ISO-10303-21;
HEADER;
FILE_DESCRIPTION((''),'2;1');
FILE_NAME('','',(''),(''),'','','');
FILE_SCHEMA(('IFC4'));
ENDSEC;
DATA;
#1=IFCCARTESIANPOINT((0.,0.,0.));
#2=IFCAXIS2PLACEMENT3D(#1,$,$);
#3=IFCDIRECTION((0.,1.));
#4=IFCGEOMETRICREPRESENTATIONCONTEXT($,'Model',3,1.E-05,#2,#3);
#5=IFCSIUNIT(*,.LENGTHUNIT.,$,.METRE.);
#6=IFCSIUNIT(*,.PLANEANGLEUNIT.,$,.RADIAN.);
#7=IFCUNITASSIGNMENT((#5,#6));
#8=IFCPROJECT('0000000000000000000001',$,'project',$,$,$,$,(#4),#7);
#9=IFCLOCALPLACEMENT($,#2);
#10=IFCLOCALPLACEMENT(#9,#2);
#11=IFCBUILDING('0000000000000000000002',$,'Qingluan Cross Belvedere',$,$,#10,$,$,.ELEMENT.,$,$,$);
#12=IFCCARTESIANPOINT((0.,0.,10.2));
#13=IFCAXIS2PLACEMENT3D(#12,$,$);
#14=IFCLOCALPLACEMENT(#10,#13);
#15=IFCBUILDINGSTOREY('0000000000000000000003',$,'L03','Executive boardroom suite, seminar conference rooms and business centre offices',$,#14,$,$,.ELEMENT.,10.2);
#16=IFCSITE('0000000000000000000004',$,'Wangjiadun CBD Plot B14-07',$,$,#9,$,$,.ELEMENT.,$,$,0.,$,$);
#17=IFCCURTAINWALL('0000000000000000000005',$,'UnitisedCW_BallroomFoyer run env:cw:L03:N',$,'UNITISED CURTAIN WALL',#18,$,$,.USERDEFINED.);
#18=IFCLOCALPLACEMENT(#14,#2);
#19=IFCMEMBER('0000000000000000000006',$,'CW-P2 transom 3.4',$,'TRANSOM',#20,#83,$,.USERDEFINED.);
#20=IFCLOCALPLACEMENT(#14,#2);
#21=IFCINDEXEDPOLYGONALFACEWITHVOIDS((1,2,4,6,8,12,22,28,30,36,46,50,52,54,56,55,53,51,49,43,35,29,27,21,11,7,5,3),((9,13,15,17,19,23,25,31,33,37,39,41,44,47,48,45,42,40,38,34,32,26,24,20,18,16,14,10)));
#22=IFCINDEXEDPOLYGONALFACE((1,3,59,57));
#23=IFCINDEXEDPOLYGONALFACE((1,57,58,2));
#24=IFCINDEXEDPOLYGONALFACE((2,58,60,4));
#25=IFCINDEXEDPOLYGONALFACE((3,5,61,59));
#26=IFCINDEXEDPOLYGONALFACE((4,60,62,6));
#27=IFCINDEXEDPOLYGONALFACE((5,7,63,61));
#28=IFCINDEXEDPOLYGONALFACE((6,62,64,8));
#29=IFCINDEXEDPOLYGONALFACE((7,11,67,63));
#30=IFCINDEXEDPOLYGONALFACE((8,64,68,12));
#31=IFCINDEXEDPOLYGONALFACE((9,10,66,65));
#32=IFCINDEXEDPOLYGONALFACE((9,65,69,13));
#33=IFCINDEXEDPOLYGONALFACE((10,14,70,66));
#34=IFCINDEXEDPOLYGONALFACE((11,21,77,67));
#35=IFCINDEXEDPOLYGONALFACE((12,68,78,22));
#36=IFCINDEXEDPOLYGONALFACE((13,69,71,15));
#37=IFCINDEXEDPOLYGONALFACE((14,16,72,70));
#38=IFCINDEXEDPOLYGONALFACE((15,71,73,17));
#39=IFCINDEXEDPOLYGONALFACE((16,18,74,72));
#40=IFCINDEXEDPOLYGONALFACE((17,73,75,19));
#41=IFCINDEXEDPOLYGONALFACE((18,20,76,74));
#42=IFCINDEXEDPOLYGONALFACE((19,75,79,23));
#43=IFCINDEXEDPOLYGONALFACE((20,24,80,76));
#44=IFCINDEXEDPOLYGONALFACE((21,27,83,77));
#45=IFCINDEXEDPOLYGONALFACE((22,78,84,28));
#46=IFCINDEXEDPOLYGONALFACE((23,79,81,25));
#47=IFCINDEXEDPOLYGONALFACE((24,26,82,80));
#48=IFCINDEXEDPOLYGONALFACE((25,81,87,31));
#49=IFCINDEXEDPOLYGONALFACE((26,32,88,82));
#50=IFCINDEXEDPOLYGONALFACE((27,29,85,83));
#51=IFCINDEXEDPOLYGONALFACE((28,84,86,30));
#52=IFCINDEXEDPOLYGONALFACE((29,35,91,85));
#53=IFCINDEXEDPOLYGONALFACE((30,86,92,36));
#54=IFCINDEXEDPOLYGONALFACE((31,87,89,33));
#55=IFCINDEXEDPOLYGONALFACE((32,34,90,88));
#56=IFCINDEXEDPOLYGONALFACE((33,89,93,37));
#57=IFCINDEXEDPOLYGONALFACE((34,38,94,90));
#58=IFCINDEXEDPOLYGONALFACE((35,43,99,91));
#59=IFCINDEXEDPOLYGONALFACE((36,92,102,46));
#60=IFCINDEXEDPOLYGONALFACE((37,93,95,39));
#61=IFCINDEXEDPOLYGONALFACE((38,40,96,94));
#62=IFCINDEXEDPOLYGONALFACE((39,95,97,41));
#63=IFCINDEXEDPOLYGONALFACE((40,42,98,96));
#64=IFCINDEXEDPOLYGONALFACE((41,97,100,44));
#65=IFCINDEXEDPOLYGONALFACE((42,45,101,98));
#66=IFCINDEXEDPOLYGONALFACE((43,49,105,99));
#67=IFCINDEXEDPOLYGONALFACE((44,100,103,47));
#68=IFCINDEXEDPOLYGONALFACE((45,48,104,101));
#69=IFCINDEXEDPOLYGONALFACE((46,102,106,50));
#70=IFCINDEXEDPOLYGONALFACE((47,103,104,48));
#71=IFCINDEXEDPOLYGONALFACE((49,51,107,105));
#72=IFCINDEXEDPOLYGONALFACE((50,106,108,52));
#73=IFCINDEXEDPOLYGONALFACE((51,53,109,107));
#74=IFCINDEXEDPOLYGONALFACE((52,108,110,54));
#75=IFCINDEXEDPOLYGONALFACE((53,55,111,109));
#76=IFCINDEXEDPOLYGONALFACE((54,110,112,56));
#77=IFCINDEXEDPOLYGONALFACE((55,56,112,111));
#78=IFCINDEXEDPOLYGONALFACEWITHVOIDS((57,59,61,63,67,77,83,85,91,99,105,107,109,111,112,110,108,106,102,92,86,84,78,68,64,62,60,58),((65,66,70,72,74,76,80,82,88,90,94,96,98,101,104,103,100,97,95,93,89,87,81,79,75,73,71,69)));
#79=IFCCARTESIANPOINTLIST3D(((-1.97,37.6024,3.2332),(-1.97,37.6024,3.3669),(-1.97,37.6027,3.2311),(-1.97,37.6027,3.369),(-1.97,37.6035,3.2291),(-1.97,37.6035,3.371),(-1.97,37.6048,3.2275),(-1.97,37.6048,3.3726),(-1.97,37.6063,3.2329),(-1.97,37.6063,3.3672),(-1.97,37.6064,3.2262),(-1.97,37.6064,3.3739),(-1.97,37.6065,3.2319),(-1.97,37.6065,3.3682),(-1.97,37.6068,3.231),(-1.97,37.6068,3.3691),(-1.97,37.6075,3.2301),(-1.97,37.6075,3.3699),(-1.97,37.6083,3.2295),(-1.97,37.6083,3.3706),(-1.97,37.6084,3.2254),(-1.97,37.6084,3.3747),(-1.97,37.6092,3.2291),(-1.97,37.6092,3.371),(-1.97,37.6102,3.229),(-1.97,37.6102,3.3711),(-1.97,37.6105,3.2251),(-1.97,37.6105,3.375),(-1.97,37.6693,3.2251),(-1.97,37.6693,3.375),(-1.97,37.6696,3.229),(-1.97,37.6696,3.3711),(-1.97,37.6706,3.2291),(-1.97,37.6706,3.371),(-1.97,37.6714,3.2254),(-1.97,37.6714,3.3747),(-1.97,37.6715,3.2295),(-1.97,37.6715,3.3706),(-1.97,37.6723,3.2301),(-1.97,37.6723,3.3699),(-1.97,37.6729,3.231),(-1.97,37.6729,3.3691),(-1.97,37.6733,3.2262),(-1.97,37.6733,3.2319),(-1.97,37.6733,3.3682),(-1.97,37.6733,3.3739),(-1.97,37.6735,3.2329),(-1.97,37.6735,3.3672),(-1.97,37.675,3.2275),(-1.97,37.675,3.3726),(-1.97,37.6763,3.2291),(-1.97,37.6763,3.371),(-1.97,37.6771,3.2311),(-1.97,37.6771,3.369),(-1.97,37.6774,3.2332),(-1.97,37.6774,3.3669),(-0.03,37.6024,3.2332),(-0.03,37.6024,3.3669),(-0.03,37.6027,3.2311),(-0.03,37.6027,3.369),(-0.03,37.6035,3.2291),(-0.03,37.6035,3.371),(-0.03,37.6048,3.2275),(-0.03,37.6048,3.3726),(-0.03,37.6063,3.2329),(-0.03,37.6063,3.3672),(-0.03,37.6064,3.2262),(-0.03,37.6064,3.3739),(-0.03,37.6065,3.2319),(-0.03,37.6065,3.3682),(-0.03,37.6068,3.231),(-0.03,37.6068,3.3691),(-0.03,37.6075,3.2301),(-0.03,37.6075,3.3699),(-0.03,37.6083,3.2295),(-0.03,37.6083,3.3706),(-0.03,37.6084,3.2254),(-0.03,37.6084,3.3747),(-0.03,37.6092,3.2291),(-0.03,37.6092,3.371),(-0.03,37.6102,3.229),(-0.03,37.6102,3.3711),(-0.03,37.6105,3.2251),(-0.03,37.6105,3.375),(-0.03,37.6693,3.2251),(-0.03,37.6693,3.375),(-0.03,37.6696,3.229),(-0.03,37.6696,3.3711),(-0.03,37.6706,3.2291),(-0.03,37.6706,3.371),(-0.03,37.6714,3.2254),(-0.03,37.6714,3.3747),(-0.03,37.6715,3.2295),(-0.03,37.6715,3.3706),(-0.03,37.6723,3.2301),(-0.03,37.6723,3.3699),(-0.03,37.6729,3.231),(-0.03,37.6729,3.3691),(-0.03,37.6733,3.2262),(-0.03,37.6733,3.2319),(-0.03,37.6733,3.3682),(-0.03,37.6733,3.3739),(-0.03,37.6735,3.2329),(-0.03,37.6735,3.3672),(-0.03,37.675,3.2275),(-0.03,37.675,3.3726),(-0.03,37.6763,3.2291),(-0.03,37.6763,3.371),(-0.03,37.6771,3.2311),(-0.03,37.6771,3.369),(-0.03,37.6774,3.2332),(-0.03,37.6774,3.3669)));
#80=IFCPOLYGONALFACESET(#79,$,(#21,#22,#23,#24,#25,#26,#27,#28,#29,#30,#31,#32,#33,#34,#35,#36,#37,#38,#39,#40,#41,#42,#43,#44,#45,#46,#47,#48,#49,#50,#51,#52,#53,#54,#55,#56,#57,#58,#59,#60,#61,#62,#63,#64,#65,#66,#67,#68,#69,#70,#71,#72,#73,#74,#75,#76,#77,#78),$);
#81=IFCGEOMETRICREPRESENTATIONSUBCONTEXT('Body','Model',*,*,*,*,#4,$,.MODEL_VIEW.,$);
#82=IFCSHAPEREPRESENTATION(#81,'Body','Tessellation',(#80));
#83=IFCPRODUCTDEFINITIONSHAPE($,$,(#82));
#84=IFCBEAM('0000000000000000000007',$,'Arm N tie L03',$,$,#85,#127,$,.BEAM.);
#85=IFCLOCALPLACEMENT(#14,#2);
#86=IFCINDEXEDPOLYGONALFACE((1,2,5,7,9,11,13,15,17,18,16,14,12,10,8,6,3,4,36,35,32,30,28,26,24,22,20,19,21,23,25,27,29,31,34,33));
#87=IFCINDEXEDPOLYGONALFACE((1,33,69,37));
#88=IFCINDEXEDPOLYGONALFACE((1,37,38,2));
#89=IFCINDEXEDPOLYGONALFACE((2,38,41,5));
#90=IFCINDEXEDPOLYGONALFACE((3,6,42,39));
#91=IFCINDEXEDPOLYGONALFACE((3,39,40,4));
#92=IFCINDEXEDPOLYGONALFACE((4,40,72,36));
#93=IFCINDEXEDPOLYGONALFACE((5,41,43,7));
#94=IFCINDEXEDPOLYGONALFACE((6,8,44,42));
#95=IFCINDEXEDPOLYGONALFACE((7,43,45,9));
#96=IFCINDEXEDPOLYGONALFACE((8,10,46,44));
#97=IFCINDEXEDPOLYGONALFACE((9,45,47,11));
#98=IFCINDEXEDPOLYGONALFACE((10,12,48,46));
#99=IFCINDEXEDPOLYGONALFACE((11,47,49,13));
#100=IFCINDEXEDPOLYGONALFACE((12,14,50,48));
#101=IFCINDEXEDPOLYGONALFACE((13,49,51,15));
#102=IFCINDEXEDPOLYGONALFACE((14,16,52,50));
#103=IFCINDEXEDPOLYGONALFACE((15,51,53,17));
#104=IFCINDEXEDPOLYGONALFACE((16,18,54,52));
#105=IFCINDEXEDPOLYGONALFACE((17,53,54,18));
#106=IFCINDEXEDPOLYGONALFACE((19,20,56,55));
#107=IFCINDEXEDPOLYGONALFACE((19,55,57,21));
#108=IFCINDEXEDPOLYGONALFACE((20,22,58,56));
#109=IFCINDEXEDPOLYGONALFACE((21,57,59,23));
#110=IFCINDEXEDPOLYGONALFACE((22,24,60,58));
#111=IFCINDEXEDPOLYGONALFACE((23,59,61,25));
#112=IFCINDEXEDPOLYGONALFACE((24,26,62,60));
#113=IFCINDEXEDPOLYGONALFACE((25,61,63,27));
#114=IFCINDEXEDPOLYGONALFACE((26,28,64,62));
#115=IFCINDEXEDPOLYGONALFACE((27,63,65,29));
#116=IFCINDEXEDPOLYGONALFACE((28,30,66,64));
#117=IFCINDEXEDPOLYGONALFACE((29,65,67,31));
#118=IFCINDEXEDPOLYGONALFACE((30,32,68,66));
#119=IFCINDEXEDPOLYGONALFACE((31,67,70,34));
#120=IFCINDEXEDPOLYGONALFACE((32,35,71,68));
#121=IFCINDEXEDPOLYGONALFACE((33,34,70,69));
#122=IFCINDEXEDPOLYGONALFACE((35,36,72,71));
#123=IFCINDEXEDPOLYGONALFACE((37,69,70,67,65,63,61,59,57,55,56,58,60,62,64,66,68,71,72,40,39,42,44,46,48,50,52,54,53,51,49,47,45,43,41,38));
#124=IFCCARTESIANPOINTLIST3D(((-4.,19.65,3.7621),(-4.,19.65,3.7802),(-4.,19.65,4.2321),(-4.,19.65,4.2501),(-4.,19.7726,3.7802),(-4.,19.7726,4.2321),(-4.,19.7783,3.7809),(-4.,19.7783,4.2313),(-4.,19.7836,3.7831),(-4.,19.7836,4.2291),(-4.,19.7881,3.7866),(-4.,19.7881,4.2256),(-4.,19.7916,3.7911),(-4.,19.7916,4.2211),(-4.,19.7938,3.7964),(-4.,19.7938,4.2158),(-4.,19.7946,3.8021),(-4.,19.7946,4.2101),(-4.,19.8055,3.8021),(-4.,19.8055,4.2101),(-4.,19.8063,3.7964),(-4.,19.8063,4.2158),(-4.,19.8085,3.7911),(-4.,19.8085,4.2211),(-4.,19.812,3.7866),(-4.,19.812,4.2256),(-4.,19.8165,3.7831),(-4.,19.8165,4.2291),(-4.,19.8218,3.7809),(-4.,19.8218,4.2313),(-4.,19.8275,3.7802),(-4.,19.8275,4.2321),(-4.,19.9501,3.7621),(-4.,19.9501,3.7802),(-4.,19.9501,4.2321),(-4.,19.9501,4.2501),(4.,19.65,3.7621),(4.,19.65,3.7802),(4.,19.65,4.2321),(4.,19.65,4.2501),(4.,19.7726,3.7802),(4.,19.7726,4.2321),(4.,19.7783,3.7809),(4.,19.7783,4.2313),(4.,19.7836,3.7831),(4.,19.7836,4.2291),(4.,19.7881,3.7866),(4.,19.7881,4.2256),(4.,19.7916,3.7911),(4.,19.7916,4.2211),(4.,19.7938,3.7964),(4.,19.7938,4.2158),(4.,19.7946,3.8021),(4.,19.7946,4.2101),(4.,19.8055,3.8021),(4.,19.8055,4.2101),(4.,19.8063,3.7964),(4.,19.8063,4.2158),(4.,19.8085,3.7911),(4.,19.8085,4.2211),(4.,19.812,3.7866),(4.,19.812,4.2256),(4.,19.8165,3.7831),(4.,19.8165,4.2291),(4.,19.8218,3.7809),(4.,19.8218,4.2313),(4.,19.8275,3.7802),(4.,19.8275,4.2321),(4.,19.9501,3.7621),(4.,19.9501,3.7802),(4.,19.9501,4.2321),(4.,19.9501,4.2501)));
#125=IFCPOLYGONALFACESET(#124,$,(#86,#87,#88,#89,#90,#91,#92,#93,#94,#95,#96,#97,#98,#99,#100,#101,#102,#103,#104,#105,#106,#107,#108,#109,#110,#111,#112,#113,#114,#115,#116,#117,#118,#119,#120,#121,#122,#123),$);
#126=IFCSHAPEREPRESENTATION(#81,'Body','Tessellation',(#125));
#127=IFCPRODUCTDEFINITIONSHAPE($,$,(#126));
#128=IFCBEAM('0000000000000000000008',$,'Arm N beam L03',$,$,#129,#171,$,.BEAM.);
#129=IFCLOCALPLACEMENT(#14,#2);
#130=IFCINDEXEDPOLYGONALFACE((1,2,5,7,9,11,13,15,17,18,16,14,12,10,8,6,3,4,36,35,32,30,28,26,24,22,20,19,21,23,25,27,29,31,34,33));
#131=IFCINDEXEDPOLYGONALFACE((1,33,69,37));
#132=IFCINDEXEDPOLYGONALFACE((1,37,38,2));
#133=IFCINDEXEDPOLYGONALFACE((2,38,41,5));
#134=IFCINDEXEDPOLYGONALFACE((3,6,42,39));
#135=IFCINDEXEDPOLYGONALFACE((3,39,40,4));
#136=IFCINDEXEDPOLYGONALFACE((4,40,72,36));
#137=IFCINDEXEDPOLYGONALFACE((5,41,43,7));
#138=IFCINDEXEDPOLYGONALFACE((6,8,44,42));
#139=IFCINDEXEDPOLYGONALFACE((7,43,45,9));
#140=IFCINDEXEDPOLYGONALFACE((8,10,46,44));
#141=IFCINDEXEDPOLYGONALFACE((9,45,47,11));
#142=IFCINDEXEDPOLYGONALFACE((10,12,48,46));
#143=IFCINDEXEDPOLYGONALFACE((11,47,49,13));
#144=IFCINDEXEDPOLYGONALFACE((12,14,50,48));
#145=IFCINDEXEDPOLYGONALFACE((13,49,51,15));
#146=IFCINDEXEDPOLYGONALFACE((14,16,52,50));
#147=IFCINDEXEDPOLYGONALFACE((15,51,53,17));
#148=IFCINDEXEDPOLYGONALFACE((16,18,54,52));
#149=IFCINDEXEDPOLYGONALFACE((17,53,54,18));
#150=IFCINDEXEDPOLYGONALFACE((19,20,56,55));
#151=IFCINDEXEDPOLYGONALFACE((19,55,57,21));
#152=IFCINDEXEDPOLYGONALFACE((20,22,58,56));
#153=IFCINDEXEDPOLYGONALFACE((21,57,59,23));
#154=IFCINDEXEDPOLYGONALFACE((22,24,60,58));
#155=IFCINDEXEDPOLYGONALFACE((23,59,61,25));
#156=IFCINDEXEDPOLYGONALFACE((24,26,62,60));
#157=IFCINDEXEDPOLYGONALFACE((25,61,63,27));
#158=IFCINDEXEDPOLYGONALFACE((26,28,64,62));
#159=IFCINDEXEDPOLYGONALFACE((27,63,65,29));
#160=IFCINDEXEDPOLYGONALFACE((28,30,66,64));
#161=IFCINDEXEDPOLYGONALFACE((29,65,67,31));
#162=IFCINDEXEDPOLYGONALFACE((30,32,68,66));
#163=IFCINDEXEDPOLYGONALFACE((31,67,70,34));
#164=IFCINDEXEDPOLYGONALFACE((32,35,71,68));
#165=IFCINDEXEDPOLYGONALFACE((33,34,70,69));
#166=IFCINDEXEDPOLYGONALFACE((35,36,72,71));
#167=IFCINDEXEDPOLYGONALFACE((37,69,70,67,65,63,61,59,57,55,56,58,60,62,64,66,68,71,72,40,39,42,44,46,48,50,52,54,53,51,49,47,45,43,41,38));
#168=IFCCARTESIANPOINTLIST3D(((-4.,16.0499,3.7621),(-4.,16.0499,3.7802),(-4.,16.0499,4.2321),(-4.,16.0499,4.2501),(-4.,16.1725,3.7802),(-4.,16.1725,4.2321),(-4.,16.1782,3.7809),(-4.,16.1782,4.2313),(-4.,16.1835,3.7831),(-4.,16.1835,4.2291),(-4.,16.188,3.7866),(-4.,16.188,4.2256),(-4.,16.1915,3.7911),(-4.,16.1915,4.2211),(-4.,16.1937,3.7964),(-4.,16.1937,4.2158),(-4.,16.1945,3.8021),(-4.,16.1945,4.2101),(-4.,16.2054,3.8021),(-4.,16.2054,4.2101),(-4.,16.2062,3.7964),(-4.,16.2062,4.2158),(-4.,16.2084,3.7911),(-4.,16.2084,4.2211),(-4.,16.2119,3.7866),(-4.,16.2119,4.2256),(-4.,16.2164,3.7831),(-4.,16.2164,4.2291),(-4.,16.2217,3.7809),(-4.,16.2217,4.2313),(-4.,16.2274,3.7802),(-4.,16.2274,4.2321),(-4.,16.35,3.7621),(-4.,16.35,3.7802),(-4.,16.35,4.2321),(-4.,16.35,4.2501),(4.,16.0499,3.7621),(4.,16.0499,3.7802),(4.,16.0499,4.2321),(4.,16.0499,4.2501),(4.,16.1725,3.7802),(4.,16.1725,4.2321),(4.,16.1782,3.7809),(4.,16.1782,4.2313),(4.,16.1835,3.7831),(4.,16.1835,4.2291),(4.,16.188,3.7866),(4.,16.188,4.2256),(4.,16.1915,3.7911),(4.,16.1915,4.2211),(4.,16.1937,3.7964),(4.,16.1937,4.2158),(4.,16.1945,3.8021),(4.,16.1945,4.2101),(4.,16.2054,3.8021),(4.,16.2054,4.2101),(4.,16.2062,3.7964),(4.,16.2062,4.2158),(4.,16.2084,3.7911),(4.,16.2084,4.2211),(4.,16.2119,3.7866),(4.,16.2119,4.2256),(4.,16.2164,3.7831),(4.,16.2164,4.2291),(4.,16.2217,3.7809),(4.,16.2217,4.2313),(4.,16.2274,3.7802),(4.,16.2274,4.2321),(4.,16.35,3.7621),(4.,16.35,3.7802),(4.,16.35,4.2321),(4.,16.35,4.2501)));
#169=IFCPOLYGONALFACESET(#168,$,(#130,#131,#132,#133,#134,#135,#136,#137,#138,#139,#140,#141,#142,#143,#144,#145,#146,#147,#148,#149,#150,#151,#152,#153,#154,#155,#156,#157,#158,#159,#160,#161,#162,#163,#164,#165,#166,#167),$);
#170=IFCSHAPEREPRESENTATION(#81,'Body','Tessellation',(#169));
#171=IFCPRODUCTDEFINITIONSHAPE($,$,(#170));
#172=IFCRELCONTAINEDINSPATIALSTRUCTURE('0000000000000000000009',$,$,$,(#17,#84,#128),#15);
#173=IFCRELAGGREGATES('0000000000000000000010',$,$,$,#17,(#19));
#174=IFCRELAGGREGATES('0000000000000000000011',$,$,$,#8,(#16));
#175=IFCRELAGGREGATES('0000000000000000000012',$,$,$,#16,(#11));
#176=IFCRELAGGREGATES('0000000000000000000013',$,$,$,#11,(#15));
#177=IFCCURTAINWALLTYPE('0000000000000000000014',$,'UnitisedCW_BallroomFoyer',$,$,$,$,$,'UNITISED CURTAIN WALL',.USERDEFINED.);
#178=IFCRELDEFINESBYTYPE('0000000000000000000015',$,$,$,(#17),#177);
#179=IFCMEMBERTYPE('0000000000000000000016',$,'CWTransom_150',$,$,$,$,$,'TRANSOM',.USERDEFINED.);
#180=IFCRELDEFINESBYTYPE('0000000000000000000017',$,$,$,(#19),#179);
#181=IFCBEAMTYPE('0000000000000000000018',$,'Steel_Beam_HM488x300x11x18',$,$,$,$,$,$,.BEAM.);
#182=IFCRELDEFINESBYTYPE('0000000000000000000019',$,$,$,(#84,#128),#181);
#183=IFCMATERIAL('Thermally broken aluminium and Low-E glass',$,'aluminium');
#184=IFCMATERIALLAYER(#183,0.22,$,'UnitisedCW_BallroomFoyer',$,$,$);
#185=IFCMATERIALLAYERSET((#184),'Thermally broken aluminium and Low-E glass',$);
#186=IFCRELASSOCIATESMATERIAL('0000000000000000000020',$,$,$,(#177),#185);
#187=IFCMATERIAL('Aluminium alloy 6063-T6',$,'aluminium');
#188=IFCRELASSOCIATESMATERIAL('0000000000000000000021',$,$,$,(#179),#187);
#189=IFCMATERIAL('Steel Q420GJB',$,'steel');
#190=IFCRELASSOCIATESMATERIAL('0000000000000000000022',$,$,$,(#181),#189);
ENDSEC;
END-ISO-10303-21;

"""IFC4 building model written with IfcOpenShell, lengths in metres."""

from ifc_helpers import new_model, si_unit, direction, frame, origin, origin_2d, place, context, subcontext, project, spatial, hollow_rectangle, i_section, extrude, material, layer, layer_set, material_profile, profile_set, type_object, element, aggregate, save


model = new_model("IFC4")

# Units and contexts
model_context = context("Model", 3, precision=1e-05, world=origin(), true_north=direction((0.0, 1.0)))
body_context = subcontext(model_context, "Body", "Model", "MODEL_VIEW")
ifc_project = project(units=[si_unit("LENGTHUNIT", "METRE"), si_unit("PLANEANGLEUNIT", "RADIAN")], contexts=[model_context])

# Site, building, storey
site_placement = place(None, origin())
site = spatial("IfcSite", under=ifc_project, at=site_placement, Name="Wangjiadun CBD Plot B14-07", CompositionType="ELEMENT", RefElevation=0.0)
building_placement = place(site_placement, origin())
building = spatial("IfcBuilding", under=site, at=building_placement, Name="Qingluan Cross Belvedere", CompositionType="ELEMENT")
storey_placement = place(building_placement, frame((0.0, 0.0, 10.2)))
storey = spatial("IfcBuildingStorey", under=building, at=storey_placement, Name="L03", Description="Executive boardroom suite, seminar conference rooms and business centre offices", CompositionType="ELEMENT", Elevation=10.2)

# Curtain wall, member
ifc_material_1 = material(Name="Thermally broken aluminium and Low-E glass", Category="aluminium")
ifc_layer_1 = layer(ifc_material_1, 0.22, Name="UnitisedCW_BallroomFoyer")
ifc_layer_set_1 = layer_set([ifc_layer_1], Name="Thermally broken aluminium and Low-E glass")
curtain_wall_type = type_object("IfcCurtainWallType", Name="UnitisedCW_BallroomFoyer", ElementType="UNITISED CURTAIN WALL", PredefinedType="USERDEFINED", material=ifc_layer_set_1)
curtain_wall_placement = place(storey_placement, origin())
curtain_wall = element("IfcCurtainWall", 1, at=curtain_wall_placement, inside=storey, type_object=curtain_wall_type, Name="UnitisedCW_BallroomFoyer run env:cw:L03:N", ObjectType="UNITISED CURTAIN WALL", PredefinedType="USERDEFINED")
ifc_material_2 = material(Name="Aluminium alloy 6063-T6", Category="aluminium")
ifc_material_profile_1 = material_profile(ifc_material_2, hollow_rectangle(XDim=0.075, YDim=0.1499, WallThickness=0.0039, InnerFilletRadius=0.0039, OuterFilletRadius=0.0081, at=origin_2d()), Name="CWT150x75x4")
ifc_profile_set_1 = profile_set([ifc_material_profile_1], Name="Aluminium alloy 6063-T6")
member_type_1 = type_object("IfcMemberType", Name="CWTransom_150", ElementType="TRANSOM", PredefinedType="USERDEFINED", material=ifc_profile_set_1)
member_1_placement = place(storey_placement, frame((-1.97, 37.6399, 3.3), z_axis=(1.0, 0.0, 0.0), x_axis=(0.0, 1.0, 0.0)))
member_1 = element("IfcMember", 2, at=member_1_placement, type_object=member_type_1, Name="CW-P2 transom 3.4", ObjectType="TRANSOM", PredefinedType="USERDEFINED", context=body_context, shape_type="SweptSolid", body=[
    extrude(hollow_rectangle(XDim=0.075, YDim=0.1499, WallThickness=0.0039, InnerFilletRadius=0.0039, OuterFilletRadius=0.0081, at=origin_2d()), origin(), (0.0, 0.0, 1.0), 1.9399),
])

# Beams
ifc_material_3 = material(Name="Steel Q420GJB", Category="steel")
ifc_material_profile_2 = material_profile(ifc_material_3, i_section(OverallWidth=0.3, OverallDepth=0.488, WebThickness=0.011, FlangeThickness=0.0181, FilletRadius=0.022, at=origin_2d()), Name="HM488x300x11x18")
ifc_profile_set_2 = profile_set([ifc_material_profile_2], Name="Steel Q420GJB")
beam_type_1 = type_object("IfcBeamType", Name="Steel_Beam_HM488x300x11x18", PredefinedType="BEAM", material=ifc_profile_set_2)
for number, where, z_axis, x_axis, name in (
    (3, (-4.0, 19.8, 4.0061), (1.0, 0.0, 0.0), (0.0, 1.0, 0.0), "Arm N tie L03"),
    (4, (-4.0, 16.2, 4.0061), (1.0, 0.0, 0.0), (0.0, 1.0, 0.0), "Arm N beam L03"),
):
    element("IfcBeam", number, at=place(storey_placement, frame(where, z_axis=z_axis, x_axis=x_axis)), inside=storey, type_object=beam_type_1, Name=name, PredefinedType="BEAM", context=body_context, shape_type="SweptSolid", body=[
        extrude(i_section(OverallWidth=0.3, OverallDepth=0.488, WebThickness=0.011, FlangeThickness=0.0181, FilletRadius=0.022, at=origin_2d()), origin(), (0.0, 0.0, 1.0), 8.0),
    ])

aggregate(curtain_wall, [member_1])

save(model, "model.ifc")
